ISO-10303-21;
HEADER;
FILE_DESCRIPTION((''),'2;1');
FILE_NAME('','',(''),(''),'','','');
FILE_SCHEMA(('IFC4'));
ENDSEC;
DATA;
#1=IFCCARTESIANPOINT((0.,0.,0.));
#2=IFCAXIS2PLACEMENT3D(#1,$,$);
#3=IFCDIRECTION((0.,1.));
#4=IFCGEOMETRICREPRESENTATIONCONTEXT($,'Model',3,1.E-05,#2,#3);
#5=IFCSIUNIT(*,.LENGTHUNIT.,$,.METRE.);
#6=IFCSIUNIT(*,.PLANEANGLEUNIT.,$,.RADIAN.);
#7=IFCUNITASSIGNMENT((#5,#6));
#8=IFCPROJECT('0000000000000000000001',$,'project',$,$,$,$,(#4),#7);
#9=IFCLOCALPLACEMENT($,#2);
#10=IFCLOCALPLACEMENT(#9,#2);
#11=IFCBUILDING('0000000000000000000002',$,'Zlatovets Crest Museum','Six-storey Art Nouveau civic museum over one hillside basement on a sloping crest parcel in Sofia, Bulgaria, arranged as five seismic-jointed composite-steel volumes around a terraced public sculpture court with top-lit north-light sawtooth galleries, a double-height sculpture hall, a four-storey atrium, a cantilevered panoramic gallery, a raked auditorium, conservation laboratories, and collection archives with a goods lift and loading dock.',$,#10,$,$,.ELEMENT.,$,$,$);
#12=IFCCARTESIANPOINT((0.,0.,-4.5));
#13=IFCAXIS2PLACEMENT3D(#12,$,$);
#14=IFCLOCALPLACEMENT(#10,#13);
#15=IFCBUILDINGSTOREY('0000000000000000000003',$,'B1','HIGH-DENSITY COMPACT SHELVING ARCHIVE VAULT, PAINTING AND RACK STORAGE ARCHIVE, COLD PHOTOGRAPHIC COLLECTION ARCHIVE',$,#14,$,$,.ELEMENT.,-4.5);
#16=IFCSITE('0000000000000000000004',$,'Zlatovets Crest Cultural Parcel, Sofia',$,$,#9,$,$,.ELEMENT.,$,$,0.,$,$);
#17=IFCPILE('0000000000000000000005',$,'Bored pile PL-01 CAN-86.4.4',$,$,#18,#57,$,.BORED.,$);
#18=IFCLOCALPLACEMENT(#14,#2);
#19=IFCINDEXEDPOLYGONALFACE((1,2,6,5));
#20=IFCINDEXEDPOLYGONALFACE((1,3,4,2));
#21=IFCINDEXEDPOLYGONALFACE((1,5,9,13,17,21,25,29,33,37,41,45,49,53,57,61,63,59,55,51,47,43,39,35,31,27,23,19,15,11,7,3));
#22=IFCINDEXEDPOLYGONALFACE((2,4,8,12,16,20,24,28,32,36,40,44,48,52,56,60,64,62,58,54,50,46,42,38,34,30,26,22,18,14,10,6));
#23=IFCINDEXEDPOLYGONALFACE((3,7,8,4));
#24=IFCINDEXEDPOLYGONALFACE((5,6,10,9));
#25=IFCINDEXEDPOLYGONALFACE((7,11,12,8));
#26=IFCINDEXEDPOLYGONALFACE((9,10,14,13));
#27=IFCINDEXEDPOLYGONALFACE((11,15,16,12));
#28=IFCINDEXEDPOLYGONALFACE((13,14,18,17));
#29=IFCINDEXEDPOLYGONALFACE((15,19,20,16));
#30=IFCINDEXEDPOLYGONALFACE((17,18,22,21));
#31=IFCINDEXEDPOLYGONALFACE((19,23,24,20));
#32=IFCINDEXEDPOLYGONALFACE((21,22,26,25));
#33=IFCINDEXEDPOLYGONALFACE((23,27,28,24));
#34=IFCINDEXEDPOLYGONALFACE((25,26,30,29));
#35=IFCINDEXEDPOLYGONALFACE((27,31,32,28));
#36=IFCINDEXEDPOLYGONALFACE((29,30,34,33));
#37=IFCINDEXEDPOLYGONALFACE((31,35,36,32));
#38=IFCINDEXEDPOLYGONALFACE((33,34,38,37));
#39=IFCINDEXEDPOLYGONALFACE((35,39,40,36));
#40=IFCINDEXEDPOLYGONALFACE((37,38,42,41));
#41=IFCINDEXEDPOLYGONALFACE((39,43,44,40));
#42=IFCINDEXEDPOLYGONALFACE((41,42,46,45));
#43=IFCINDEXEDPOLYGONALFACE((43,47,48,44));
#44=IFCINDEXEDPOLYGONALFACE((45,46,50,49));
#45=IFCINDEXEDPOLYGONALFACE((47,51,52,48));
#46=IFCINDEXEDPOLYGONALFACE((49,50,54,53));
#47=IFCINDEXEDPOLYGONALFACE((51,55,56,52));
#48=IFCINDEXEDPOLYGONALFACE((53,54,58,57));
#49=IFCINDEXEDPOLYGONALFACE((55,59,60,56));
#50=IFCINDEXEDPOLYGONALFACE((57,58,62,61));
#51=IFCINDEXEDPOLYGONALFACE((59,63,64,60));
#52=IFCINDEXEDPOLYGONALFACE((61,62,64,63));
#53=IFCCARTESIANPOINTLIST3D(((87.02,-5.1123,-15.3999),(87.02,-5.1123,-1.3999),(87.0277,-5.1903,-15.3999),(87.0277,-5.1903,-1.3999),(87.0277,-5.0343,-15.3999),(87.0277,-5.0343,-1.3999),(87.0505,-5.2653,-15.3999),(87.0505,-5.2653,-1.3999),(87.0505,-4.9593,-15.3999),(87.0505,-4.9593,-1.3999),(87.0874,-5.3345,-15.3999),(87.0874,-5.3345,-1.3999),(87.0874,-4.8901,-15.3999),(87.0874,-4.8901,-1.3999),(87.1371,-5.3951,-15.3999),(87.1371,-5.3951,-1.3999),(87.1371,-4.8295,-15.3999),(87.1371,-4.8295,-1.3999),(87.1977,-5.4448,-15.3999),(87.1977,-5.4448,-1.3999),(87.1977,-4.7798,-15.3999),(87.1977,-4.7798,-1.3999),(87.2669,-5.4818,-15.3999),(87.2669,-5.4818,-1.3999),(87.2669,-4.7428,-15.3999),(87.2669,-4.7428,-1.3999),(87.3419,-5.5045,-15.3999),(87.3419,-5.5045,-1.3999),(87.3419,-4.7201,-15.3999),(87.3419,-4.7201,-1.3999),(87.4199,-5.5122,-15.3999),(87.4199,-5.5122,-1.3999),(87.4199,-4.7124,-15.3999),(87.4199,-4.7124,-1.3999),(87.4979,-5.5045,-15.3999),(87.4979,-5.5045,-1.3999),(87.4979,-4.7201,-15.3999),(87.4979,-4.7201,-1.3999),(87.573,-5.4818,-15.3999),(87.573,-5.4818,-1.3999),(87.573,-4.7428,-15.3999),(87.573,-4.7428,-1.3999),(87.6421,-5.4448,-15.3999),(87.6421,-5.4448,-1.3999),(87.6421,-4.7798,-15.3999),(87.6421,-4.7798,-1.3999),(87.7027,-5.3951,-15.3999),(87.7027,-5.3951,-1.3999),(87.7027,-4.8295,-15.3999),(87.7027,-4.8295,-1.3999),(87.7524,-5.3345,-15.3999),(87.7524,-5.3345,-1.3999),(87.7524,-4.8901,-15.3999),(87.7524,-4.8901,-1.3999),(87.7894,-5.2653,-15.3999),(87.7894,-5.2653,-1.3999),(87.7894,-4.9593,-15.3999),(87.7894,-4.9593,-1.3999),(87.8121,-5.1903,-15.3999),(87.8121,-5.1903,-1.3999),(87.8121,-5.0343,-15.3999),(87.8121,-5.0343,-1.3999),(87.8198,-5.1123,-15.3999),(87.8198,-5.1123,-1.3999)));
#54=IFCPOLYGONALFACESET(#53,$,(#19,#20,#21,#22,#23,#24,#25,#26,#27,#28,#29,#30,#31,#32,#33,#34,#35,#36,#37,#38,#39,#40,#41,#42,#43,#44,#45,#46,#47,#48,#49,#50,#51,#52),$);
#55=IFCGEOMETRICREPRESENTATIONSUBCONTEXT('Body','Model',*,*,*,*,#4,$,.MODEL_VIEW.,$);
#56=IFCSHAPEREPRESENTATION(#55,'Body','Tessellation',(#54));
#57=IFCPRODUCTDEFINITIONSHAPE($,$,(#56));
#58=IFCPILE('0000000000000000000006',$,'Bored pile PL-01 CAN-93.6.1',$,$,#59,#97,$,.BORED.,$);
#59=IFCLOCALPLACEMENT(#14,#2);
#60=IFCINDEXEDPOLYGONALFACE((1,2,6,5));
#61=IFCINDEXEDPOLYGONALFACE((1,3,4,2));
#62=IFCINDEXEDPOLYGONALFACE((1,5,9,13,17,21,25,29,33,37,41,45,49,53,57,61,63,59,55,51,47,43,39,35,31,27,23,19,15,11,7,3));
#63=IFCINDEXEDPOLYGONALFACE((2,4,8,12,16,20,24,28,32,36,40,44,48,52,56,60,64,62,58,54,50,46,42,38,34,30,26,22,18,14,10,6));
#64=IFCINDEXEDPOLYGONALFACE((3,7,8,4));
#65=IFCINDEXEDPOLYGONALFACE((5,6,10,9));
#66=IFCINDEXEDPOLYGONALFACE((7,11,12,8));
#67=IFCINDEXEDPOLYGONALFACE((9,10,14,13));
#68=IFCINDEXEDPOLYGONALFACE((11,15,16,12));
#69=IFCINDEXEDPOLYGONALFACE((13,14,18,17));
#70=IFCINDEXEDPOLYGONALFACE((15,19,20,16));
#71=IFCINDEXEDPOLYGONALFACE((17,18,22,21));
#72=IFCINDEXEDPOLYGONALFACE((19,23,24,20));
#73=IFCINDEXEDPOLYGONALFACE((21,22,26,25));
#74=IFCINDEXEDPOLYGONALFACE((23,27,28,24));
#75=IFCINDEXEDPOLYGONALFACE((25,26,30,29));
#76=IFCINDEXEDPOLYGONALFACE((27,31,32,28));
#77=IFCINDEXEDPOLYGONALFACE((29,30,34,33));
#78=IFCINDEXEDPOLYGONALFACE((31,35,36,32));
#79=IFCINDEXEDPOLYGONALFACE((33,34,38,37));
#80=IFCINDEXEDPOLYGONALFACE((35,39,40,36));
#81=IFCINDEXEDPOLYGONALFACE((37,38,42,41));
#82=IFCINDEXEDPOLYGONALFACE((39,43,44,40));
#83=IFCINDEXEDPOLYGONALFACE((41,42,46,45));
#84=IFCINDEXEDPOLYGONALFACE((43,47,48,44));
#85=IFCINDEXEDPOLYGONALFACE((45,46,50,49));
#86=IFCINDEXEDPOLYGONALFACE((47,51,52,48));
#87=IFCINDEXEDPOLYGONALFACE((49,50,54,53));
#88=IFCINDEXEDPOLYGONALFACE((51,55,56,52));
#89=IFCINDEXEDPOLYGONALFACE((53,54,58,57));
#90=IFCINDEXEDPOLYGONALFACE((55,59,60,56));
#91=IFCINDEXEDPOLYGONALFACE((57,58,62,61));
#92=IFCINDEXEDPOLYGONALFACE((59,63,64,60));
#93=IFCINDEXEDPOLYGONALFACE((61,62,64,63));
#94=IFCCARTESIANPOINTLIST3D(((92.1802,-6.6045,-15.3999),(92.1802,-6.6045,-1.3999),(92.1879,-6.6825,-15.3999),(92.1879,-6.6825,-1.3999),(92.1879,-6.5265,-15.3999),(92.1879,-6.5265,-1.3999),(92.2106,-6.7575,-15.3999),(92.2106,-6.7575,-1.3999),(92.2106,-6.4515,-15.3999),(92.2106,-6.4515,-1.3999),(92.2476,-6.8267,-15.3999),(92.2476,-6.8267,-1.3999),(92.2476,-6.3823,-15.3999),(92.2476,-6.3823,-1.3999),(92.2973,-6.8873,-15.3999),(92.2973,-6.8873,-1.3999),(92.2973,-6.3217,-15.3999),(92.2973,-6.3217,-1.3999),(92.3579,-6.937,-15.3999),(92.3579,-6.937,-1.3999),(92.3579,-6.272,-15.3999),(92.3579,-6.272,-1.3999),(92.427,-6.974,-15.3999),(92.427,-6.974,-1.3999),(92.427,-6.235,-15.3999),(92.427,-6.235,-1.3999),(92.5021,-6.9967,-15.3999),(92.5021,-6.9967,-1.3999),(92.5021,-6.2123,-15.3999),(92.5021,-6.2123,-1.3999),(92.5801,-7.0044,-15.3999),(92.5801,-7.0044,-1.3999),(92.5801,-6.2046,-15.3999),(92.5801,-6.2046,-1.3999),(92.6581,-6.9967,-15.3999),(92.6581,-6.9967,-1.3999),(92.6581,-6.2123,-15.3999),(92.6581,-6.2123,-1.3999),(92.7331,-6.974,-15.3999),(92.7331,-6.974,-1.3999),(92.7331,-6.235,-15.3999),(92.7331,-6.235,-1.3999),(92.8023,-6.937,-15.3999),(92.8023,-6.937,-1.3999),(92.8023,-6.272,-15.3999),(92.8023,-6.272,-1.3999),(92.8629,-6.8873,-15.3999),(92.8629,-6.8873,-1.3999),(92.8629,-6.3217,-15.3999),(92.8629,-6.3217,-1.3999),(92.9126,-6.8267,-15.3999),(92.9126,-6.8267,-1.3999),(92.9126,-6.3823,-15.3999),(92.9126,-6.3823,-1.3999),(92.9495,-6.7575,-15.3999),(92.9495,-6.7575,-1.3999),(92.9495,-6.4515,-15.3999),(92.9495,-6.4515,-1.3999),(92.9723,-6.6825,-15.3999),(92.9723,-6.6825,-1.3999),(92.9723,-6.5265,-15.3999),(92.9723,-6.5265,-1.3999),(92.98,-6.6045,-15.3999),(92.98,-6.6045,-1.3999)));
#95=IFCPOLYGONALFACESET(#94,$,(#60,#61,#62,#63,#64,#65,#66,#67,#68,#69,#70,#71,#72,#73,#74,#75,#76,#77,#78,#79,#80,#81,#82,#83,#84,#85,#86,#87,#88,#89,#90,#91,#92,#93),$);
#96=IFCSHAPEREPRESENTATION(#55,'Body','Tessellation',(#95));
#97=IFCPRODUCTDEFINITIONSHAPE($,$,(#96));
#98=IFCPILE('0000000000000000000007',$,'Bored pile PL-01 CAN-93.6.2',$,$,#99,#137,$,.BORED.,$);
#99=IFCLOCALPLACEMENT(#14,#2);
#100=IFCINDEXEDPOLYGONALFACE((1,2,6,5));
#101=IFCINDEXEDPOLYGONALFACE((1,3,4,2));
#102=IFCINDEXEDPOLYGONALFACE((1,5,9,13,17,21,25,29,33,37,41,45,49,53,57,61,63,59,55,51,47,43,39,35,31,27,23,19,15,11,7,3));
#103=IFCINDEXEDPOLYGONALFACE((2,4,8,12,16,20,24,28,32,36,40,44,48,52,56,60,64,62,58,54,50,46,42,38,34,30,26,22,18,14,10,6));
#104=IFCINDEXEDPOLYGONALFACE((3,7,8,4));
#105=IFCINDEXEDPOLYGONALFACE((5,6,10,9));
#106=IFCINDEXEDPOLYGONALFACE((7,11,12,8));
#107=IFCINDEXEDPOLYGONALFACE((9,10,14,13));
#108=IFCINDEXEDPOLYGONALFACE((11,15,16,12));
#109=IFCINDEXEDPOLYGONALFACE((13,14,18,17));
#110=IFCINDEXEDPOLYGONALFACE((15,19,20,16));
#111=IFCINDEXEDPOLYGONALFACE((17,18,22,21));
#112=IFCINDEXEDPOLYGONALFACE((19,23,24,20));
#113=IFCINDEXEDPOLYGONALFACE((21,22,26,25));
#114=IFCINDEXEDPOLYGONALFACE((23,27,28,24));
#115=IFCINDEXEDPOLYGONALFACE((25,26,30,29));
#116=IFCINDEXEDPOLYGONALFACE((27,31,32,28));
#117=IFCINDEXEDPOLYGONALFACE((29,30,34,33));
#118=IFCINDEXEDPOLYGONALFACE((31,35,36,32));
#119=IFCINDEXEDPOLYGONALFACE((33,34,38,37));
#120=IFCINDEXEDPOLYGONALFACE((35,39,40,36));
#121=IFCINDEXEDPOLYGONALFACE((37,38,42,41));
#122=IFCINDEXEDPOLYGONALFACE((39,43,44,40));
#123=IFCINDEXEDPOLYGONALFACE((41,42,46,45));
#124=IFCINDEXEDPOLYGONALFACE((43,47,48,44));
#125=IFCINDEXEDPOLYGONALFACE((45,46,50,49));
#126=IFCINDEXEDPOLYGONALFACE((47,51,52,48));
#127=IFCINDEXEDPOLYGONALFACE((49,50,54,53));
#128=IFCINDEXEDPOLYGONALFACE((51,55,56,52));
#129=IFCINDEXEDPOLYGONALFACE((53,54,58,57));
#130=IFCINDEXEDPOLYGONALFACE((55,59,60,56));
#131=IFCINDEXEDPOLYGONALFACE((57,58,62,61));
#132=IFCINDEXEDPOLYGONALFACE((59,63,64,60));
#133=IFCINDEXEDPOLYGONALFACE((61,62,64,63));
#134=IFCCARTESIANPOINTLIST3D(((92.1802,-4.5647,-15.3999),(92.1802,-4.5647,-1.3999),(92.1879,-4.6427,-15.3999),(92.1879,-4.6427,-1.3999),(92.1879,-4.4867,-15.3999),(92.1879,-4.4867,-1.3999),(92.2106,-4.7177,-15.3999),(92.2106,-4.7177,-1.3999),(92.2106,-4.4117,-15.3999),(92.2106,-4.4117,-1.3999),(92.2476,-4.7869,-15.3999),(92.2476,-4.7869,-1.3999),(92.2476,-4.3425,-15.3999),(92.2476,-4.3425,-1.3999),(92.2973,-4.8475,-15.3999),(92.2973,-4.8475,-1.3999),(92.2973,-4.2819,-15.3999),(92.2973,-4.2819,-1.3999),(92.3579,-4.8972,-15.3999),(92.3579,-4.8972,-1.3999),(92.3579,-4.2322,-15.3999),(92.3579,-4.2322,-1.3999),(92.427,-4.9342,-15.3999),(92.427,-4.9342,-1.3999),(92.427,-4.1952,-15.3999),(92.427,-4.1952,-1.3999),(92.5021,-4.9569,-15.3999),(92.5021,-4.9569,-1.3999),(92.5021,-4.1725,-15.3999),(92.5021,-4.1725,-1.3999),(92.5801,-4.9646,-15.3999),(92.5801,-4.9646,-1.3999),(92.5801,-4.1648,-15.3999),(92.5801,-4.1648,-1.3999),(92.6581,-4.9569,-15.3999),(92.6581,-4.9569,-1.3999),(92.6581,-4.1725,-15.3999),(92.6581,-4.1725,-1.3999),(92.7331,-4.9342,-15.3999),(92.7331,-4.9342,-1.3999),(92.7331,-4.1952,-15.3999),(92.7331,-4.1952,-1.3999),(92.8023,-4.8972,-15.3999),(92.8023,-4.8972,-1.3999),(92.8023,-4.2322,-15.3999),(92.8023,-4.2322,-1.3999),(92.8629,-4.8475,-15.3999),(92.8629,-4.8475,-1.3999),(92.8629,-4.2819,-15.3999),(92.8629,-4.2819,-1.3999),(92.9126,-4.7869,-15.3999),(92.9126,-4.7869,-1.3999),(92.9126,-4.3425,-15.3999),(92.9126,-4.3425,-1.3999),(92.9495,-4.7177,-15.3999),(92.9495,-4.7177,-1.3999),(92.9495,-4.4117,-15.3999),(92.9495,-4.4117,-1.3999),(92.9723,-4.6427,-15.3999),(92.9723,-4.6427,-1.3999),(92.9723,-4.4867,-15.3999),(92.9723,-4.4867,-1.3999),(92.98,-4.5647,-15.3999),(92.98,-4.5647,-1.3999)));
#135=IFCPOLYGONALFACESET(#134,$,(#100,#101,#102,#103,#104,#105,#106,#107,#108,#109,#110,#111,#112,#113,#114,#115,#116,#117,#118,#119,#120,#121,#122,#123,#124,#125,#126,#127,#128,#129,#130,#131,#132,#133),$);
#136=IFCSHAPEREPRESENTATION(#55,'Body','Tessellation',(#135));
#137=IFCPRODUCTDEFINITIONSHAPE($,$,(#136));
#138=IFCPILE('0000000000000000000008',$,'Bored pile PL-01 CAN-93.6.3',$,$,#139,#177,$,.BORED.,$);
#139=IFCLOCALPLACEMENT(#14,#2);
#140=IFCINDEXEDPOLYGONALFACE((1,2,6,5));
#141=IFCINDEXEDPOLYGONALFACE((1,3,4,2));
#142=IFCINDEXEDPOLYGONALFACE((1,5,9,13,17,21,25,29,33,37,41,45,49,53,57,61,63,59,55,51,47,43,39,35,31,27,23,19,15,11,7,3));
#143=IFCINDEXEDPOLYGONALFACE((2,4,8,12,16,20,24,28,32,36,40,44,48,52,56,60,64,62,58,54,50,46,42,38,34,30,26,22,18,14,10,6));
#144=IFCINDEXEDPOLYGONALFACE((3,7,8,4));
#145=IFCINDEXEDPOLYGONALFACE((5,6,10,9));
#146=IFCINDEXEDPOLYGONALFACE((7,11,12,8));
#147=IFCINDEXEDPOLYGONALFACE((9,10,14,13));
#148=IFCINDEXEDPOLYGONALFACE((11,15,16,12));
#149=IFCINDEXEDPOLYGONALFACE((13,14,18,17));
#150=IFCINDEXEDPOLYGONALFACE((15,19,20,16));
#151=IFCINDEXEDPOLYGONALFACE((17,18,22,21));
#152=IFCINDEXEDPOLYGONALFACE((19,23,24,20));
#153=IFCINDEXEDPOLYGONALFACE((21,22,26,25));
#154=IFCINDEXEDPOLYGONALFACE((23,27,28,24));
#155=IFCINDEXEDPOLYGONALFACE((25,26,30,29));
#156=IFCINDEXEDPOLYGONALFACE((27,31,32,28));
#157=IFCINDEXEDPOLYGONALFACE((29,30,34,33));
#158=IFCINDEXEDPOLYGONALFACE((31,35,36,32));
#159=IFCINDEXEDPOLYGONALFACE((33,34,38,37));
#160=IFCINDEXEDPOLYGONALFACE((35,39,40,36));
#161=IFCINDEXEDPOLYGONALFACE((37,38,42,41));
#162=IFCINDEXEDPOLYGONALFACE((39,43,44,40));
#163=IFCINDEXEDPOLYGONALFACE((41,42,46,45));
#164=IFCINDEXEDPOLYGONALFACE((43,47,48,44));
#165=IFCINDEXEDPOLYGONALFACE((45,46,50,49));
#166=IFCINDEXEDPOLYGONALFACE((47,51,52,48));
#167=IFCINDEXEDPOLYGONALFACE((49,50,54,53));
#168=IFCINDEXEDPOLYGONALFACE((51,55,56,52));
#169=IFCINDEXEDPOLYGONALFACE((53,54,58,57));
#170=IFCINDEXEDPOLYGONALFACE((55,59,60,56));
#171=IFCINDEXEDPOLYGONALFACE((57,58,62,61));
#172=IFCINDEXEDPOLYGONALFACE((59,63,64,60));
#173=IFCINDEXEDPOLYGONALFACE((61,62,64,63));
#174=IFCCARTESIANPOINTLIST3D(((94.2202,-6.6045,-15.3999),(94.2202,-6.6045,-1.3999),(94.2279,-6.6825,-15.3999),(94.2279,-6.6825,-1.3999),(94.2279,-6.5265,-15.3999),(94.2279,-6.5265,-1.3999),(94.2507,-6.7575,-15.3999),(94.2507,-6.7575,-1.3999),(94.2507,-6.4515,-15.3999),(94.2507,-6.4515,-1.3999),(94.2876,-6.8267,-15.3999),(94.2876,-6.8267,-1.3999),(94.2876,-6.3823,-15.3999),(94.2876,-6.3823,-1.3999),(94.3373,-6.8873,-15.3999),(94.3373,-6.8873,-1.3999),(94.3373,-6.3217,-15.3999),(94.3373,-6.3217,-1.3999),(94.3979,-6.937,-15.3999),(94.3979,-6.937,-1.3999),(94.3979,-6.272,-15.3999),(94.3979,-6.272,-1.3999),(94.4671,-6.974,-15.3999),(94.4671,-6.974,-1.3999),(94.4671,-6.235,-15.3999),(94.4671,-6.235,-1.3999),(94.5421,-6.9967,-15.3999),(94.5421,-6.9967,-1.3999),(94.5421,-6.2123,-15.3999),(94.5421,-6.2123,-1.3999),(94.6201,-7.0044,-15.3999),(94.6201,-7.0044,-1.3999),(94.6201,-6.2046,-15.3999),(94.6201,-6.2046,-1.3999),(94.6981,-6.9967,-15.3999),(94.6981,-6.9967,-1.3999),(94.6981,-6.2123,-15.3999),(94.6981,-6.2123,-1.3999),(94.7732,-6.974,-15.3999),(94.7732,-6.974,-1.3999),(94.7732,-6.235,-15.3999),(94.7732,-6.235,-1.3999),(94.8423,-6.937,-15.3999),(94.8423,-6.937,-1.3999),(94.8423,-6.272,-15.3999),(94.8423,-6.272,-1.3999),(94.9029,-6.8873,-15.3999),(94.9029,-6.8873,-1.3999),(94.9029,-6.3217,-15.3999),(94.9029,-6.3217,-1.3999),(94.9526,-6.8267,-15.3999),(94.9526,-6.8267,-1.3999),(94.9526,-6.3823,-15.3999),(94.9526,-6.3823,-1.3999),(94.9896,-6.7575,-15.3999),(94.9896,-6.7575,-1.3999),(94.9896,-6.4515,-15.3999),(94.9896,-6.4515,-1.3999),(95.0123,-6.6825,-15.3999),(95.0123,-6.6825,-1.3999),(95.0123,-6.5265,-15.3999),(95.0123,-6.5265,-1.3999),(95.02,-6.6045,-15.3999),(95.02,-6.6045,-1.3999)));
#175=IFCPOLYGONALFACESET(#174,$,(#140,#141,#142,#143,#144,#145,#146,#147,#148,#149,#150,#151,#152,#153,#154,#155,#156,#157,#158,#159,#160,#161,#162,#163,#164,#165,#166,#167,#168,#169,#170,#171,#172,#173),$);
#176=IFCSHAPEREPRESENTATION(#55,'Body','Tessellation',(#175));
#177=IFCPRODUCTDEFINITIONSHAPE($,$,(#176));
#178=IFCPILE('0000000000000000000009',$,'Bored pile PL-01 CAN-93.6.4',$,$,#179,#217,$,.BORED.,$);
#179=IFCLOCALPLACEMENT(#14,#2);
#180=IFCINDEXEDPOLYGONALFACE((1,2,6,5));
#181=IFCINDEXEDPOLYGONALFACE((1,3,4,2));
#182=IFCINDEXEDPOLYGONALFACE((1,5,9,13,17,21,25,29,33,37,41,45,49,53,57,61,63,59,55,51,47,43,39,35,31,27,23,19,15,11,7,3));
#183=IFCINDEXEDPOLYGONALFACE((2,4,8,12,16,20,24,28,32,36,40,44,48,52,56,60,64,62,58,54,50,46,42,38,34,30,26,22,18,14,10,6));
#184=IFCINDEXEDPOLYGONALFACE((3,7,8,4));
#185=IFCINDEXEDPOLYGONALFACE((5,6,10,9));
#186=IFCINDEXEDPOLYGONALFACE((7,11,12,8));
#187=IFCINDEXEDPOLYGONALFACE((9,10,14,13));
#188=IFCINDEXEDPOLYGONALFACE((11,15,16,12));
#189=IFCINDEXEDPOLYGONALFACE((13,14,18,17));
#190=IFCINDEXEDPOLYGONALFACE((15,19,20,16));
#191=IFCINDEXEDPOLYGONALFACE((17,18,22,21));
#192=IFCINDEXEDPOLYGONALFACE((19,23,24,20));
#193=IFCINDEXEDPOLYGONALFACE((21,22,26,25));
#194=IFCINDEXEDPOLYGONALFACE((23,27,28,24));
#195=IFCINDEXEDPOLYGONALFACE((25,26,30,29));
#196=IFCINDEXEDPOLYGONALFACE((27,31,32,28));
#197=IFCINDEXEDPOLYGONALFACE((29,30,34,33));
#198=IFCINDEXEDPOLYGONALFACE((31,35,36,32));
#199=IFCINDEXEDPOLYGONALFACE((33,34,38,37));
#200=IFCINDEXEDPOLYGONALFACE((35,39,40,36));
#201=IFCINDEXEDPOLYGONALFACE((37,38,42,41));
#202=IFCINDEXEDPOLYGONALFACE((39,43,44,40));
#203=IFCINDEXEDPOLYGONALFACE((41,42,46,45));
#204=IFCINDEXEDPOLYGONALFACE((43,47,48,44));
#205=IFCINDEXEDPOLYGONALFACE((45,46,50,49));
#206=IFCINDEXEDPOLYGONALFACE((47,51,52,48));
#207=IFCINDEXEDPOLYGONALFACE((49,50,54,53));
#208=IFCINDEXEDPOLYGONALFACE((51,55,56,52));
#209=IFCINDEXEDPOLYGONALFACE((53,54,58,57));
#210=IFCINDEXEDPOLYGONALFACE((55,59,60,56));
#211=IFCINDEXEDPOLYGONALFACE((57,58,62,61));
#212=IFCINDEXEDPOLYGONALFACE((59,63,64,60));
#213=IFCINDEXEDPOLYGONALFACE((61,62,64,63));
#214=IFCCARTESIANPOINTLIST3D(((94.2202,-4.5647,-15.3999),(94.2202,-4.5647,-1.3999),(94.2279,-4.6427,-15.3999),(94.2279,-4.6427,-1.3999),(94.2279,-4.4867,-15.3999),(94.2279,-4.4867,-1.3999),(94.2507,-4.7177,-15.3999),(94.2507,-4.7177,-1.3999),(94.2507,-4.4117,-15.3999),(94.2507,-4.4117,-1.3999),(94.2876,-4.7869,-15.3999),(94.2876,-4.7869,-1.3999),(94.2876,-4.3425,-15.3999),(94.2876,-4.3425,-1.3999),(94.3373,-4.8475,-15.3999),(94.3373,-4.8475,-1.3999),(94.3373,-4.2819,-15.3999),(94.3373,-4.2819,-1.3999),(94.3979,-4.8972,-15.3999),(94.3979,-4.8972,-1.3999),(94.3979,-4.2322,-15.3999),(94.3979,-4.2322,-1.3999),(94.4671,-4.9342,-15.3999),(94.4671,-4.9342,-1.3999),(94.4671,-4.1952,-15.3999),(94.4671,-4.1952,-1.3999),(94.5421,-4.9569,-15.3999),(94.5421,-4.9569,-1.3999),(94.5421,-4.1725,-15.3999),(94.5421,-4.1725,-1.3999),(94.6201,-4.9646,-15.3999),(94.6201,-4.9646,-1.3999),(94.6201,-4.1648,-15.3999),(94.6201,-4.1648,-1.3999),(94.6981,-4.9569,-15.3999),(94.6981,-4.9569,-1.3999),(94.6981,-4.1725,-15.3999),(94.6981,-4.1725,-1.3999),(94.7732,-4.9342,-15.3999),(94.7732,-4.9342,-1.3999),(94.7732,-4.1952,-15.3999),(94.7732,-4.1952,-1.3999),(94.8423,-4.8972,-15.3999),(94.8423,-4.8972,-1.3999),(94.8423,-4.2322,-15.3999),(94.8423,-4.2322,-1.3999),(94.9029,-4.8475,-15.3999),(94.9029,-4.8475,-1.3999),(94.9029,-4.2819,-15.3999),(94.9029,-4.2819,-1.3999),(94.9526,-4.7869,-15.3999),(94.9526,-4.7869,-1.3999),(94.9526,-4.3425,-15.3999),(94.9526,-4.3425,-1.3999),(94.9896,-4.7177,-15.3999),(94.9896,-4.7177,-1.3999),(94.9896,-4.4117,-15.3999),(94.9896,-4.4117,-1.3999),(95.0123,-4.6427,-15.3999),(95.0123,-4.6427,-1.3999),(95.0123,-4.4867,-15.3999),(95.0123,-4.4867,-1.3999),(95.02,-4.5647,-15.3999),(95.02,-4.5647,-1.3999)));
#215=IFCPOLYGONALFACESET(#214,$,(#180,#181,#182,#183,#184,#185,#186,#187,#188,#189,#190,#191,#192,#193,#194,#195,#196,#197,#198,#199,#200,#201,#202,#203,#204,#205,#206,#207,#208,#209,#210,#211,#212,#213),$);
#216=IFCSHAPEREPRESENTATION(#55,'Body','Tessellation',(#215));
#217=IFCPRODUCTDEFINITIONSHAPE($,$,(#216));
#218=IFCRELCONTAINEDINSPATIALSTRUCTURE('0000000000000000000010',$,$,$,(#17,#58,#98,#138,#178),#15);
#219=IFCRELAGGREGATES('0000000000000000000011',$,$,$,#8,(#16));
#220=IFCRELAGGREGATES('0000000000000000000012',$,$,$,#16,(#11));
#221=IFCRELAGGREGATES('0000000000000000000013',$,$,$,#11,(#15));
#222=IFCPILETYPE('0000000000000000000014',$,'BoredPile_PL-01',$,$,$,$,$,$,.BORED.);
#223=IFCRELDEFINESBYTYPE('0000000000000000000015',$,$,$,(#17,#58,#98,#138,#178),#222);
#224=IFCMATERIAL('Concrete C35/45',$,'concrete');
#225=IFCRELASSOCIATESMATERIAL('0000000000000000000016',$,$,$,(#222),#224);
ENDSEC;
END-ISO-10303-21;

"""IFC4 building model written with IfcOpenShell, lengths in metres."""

from ifc_helpers import new_model, si_unit, direction, frame, origin, origin_2d, place, context, subcontext, project, spatial, circle, extrude, material, material_profile, profile_set, type_object, element, save


model = new_model("IFC4")

# Units and contexts
model_context = context("Model", 3, precision=1e-05, world=origin(), true_north=direction((0.0, 1.0)))
body_context = subcontext(model_context, "Body", "Model", "MODEL_VIEW")
ifc_project = project(units=[si_unit("LENGTHUNIT", "METRE"), si_unit("PLANEANGLEUNIT", "RADIAN")], contexts=[model_context])

# Site, building, storey
site_placement = place(None, origin())
site = spatial("IfcSite", under=ifc_project, at=site_placement, Name="Zlatovets Crest Cultural Parcel, Sofia", CompositionType="ELEMENT", RefElevation=0.0)
building_placement = place(site_placement, origin())
building = spatial("IfcBuilding", under=site, at=building_placement, Name="Zlatovets Crest Museum", Description="Six-storey Art Nouveau civic museum over one hillside basement on a sloping crest parcel in Sofia, Bulgaria, arranged as five seismic-jointed composite-steel volumes around a terraced public sculpture court with top-lit north-light sawtooth galleries, a double-height sculpture hall, a four-storey atrium, a cantilevered panoramic gallery, a raked auditorium, conservation laboratories, and collection archives with a goods lift and loading dock.", CompositionType="ELEMENT")
storey_placement = place(building_placement, frame((0.0, 0.0, -4.5)))
storey = spatial("IfcBuildingStorey", under=building, at=storey_placement, Name="B1", Description="HIGH-DENSITY COMPACT SHELVING ARCHIVE VAULT, PAINTING AND RACK STORAGE ARCHIVE, COLD PHOTOGRAPHIC COLLECTION ARCHIVE", CompositionType="ELEMENT", Elevation=-4.5)

# Piles
ifc_material_1 = material(Name="Concrete C35/45", Category="concrete")
ifc_material_profile_1 = material_profile(ifc_material_1, circle(Radius=0.3999, at=origin_2d()), Name="PILE D800")
ifc_profile_set_1 = profile_set([ifc_material_profile_1], Name="Concrete C35/45")
pile_type_1 = type_object("IfcPileType", Name="BoredPile_PL-01", PredefinedType="BORED", material=ifc_profile_set_1)
for number, where, z_axis, x_axis, name in (
    (1, (87.4199, -5.1123, -1.3999), (0.0, 0.0, -1.0), (1.0, 0.0, 0.0), "Bored pile PL-01 CAN-86.4.4"),
    (2, (92.5801, -6.6045, -1.3999), (0.0, 0.0, -1.0), (1.0, 0.0, 0.0), "Bored pile PL-01 CAN-93.6.1"),
    (3, (92.5801, -4.5647, -1.3999), (0.0, 0.0, -1.0), (1.0, 0.0, 0.0), "Bored pile PL-01 CAN-93.6.2"),
    (4, (94.6201, -6.6045, -1.3999), (0.0, 0.0, -1.0), (1.0, 0.0, 0.0), "Bored pile PL-01 CAN-93.6.3"),
    (5, (94.6201, -4.5647, -1.3999), (0.0, 0.0, -1.0), (1.0, 0.0, 0.0), "Bored pile PL-01 CAN-93.6.4"),
):
    element("IfcPile", number, at=place(storey_placement, frame(where, z_axis=z_axis, x_axis=x_axis)), inside=storey, type_object=pile_type_1, Name=name, PredefinedType="BORED", context=body_context, shape_type="SweptSolid", body=[
        extrude(circle(Radius=0.3999, at=origin_2d()), origin(), (0.0, 0.0, 1.0), 14.0),
    ])

save(model, "model.ifc")
